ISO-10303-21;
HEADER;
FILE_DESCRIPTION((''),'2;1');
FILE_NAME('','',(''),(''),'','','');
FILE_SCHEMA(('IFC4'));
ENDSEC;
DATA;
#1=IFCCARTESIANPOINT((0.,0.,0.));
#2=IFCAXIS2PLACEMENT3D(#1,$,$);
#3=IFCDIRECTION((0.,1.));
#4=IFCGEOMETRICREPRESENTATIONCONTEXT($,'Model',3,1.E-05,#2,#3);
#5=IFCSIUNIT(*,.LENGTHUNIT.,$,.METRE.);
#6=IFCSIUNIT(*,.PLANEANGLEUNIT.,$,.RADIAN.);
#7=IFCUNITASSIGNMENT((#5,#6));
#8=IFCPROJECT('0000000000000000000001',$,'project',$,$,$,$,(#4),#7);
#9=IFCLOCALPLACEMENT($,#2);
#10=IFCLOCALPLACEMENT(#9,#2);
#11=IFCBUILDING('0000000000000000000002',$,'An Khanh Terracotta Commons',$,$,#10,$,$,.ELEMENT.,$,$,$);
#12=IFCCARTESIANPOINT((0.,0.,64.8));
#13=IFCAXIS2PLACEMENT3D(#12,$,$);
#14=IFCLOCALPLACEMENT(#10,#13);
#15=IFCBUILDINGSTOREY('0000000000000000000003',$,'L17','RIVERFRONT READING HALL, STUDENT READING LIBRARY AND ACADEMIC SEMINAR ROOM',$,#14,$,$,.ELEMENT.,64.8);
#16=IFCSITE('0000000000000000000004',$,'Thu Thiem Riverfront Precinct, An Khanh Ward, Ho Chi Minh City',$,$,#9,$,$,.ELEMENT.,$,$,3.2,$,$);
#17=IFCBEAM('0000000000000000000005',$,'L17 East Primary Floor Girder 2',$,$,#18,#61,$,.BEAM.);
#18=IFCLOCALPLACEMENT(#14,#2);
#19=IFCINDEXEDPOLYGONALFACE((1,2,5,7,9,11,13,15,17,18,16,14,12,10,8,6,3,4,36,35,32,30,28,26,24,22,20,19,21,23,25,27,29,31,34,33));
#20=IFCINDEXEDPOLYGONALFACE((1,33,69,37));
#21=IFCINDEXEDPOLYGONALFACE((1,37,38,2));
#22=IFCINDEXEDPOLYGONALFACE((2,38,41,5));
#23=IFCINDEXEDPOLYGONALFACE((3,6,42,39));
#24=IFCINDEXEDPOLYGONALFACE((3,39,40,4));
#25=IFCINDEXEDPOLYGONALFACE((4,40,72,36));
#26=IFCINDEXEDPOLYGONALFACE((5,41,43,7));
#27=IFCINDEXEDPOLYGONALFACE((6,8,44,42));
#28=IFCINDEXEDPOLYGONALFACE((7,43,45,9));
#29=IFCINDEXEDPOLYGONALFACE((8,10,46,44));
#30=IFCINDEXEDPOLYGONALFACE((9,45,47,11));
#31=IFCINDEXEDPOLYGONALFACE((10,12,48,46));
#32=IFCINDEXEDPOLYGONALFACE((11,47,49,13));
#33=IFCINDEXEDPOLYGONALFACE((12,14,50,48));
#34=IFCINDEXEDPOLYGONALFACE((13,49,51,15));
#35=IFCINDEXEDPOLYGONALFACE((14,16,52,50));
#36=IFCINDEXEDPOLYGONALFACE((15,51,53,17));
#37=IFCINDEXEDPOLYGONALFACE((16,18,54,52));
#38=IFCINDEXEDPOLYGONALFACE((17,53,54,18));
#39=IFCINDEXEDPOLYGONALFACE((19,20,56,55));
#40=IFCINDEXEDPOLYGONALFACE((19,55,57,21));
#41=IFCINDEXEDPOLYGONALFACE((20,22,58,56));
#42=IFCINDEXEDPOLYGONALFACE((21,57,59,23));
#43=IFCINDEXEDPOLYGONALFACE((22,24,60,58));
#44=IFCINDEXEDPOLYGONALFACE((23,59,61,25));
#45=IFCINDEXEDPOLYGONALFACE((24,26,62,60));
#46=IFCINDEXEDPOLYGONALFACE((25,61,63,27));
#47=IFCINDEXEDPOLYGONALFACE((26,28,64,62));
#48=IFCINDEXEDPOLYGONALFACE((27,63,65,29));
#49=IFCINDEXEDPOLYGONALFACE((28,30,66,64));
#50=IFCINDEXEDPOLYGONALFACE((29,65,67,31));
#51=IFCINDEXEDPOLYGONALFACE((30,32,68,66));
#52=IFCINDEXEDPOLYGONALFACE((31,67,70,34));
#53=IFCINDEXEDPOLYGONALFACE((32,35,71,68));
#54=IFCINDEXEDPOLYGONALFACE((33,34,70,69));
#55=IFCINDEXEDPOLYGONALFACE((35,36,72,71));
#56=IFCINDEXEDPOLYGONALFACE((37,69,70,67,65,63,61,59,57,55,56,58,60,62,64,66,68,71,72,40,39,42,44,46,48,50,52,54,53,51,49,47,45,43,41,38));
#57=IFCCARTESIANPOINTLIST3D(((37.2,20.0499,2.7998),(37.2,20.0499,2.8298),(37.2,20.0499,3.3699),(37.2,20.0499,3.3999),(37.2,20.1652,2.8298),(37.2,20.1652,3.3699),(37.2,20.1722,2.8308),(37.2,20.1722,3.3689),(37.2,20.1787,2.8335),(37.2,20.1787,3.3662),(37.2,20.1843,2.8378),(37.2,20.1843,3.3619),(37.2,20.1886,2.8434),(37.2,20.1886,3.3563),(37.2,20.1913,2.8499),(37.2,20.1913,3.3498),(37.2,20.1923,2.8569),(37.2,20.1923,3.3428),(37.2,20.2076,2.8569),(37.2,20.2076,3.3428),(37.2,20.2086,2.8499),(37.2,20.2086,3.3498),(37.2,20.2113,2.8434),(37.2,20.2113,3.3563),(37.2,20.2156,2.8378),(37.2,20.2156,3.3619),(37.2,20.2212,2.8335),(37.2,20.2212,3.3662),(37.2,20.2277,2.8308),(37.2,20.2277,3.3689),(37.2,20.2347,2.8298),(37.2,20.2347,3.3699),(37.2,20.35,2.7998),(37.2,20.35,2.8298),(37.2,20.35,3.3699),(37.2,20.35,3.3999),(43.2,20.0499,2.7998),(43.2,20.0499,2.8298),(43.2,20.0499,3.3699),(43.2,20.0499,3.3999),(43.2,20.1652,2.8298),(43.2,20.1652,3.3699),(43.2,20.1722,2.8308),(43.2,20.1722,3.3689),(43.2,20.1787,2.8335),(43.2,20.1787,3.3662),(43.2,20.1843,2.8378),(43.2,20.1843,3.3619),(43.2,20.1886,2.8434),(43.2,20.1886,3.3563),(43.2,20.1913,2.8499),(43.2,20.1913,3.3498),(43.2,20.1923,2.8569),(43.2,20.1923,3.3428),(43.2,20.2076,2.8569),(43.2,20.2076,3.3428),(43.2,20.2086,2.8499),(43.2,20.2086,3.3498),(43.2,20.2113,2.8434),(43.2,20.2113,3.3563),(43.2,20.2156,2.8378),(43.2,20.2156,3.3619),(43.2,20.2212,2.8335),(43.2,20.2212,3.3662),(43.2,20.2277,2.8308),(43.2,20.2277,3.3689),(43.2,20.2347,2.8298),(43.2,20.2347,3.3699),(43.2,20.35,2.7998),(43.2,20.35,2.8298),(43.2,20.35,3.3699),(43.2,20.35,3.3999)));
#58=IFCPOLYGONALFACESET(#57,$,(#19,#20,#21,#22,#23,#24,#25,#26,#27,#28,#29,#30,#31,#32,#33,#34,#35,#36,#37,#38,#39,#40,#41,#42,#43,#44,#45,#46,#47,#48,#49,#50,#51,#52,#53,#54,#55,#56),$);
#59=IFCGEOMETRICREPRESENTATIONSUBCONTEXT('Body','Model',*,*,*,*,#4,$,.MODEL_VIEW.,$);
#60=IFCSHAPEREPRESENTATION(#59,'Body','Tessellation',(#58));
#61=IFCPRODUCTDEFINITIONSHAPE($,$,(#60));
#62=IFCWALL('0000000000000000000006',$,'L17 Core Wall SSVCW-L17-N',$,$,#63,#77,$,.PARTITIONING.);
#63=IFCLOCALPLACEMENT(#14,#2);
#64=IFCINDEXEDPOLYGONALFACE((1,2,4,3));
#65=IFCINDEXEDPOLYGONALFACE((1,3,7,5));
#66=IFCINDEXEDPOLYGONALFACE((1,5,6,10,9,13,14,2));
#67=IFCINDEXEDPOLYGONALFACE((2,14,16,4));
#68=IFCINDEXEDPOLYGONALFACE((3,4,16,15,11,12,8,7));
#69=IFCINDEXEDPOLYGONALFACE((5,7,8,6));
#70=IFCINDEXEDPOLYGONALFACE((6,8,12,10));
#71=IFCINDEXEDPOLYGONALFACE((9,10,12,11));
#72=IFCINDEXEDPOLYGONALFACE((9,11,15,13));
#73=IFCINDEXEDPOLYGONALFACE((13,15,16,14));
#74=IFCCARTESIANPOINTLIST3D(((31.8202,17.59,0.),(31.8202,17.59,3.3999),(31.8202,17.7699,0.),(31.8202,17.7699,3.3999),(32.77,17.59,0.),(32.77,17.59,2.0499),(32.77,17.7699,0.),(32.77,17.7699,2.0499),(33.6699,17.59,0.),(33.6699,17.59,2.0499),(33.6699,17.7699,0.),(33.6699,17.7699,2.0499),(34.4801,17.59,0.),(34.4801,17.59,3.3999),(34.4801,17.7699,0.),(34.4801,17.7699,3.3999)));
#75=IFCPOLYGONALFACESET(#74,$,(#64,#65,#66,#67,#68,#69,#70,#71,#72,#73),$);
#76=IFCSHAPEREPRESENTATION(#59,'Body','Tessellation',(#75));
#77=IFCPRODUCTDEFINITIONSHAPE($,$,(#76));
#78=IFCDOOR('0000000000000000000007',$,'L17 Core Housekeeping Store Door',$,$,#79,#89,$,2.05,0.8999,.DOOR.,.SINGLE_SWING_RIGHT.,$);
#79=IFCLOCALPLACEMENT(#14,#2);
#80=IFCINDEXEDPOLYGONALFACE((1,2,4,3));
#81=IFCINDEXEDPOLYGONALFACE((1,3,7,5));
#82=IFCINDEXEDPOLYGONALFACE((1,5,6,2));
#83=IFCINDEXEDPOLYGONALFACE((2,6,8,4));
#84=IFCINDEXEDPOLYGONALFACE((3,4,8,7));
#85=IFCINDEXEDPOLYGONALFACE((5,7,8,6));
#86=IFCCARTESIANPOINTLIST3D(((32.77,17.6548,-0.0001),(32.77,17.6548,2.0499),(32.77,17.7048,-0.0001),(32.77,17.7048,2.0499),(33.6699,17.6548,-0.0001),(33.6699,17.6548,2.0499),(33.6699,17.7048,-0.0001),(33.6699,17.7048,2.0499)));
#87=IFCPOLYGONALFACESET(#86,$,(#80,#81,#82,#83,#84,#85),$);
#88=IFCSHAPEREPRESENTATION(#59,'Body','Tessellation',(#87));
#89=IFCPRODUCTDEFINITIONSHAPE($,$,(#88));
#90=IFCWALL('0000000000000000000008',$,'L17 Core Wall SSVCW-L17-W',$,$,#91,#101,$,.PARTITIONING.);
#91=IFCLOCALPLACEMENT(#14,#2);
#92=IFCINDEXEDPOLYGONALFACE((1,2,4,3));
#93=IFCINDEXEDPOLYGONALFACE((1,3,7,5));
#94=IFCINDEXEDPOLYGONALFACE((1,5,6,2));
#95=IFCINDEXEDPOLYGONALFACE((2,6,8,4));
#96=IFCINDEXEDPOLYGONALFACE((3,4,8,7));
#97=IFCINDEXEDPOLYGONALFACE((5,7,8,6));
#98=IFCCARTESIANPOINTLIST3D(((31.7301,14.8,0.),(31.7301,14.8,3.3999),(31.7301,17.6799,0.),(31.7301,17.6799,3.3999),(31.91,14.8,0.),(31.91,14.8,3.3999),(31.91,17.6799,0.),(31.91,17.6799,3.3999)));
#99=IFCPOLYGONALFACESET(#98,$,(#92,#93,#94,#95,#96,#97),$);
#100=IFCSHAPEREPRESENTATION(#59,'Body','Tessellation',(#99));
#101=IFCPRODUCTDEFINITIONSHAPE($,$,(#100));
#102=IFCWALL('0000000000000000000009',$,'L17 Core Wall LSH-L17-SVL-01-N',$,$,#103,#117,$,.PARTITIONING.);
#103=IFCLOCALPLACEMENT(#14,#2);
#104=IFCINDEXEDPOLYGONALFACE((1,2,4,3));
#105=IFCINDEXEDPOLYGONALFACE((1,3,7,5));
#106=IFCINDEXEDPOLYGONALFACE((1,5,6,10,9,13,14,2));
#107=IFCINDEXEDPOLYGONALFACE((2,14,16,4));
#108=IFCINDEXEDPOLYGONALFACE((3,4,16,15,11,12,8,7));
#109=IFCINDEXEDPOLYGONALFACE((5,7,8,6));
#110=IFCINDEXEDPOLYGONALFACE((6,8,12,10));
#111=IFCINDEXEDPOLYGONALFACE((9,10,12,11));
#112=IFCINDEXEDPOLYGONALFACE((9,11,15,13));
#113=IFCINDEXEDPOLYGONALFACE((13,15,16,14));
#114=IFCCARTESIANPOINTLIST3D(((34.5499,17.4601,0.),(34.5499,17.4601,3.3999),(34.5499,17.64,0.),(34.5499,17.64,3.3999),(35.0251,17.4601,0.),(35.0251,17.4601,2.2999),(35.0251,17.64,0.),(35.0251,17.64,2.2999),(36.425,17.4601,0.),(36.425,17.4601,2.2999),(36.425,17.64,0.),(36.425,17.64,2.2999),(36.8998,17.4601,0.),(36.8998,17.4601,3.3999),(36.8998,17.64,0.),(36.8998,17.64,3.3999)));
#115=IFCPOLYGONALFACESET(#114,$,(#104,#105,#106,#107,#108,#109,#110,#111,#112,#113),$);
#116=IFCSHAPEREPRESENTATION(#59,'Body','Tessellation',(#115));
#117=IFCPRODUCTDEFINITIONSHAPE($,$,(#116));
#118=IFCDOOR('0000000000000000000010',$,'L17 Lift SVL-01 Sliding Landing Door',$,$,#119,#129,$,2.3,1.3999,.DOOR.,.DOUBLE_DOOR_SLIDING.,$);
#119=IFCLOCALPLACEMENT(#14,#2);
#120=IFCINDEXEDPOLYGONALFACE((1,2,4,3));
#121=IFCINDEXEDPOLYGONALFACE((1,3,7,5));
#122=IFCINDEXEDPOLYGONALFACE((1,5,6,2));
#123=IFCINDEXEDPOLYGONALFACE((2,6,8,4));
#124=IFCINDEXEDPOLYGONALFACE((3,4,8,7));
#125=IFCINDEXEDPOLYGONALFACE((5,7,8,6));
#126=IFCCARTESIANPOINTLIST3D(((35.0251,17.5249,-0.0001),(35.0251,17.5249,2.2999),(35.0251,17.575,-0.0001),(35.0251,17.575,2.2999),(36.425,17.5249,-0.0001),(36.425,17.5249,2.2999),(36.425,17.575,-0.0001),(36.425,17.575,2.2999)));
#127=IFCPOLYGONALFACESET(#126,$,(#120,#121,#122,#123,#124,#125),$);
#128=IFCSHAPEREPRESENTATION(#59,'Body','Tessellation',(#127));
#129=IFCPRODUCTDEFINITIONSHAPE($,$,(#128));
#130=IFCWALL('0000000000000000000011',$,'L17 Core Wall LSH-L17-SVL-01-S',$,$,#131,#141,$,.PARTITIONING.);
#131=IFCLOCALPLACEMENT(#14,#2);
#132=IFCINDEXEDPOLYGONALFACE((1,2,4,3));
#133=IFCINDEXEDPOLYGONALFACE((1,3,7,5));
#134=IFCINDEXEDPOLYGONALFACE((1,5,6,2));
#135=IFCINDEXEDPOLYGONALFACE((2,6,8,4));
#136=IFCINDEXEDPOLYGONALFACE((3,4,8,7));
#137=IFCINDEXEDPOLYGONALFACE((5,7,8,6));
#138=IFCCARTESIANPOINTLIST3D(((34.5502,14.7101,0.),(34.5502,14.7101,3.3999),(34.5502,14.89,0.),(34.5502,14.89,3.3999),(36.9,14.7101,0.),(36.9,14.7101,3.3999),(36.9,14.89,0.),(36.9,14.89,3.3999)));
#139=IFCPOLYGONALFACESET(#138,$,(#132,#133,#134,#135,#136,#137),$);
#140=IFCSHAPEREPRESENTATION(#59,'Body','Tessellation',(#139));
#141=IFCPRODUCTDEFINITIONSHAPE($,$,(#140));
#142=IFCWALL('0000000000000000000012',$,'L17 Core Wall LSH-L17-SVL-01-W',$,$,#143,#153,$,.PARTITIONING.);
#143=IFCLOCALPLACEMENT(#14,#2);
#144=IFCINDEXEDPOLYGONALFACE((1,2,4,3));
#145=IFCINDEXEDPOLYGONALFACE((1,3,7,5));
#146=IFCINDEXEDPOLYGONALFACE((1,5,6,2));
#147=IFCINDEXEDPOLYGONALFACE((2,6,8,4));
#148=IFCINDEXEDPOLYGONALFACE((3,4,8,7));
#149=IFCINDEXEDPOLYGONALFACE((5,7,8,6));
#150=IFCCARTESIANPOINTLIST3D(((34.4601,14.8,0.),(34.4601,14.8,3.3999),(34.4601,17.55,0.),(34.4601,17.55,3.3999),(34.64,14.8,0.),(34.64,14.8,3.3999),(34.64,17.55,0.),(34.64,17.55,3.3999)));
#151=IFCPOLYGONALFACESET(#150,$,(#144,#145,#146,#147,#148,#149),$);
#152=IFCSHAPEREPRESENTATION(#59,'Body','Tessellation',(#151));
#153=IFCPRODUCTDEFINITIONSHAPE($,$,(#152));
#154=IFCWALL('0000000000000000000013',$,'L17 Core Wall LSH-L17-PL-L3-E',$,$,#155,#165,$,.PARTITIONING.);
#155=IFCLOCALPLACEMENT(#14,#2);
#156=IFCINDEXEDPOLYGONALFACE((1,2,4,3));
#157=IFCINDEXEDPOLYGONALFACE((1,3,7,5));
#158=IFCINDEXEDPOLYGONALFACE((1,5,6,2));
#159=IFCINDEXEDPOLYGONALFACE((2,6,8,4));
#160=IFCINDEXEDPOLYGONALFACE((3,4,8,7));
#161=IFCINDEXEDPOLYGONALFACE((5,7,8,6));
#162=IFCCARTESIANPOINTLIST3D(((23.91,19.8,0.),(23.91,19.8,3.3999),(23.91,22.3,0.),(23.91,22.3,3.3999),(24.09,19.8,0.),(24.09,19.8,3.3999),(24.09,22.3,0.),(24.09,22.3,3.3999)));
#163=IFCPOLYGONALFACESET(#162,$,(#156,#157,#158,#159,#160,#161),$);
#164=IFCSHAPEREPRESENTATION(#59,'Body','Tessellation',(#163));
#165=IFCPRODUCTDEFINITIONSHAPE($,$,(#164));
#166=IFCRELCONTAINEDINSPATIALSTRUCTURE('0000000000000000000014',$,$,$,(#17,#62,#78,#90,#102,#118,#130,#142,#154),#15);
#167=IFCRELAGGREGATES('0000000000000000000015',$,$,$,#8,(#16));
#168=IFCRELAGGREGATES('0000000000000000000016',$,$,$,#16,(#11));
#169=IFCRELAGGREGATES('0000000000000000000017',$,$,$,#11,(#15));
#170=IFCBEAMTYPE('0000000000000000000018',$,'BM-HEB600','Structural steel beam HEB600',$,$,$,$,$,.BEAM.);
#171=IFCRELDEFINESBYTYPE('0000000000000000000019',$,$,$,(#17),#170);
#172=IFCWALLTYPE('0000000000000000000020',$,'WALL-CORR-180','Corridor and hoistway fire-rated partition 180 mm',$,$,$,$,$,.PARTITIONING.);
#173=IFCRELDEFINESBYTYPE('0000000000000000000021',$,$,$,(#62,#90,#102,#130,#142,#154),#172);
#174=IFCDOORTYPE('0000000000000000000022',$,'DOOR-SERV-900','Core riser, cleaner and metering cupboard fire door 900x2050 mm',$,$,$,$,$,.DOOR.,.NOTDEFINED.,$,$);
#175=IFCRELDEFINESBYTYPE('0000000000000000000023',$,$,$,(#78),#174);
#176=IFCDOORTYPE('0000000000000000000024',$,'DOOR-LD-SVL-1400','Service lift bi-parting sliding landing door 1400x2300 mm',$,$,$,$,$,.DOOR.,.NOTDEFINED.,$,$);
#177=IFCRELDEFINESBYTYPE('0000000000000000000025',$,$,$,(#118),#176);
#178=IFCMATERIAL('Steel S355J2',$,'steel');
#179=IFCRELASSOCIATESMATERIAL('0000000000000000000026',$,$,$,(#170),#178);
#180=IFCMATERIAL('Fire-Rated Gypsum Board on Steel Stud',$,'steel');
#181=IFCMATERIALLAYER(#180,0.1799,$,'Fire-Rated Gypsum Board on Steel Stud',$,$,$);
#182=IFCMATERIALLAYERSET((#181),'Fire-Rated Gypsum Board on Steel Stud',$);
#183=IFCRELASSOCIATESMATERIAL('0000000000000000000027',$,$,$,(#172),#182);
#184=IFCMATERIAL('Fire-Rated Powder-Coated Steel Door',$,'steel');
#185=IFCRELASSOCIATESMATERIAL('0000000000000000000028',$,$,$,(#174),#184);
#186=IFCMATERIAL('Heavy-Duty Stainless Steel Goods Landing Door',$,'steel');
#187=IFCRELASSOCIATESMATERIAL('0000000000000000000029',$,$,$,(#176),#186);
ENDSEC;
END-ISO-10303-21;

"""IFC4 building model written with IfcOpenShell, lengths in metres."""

from ifc_helpers import new_model, si_unit, direction, frame, frame_2d, origin, origin_2d, place, context, subcontext, project, spatial, rectangle, i_section, extrude, material, layer, layer_set, material_profile, profile_set, type_object, element, fill, save


model = new_model("IFC4")

# Units and contexts
model_context = context("Model", 3, precision=1e-05, world=origin(), true_north=direction((0.0, 1.0)))
body_context = subcontext(model_context, "Body", "Model", "MODEL_VIEW")
ifc_project = project(units=[si_unit("LENGTHUNIT", "METRE"), si_unit("PLANEANGLEUNIT", "RADIAN")], contexts=[model_context])

# Site, building, storey
site_placement = place(None, origin())
site = spatial("IfcSite", under=ifc_project, at=site_placement, Name="Thu Thiem Riverfront Precinct, An Khanh Ward, Ho Chi Minh City", CompositionType="ELEMENT", RefElevation=3.2)
building_placement = place(site_placement, origin())
building = spatial("IfcBuilding", under=site, at=building_placement, Name="An Khanh Terracotta Commons", CompositionType="ELEMENT")
storey_placement = place(building_placement, frame((0.0, 0.0, 64.8)))
storey = spatial("IfcBuildingStorey", under=building, at=storey_placement, Name="L17", Description="RIVERFRONT READING HALL, STUDENT READING LIBRARY AND ACADEMIC SEMINAR ROOM", CompositionType="ELEMENT", Elevation=64.8)

# Beam
ifc_material_1 = material(Name="Steel S355J2", Category="steel")
ifc_material_profile_1 = material_profile(ifc_material_1, i_section(OverallWidth=0.3, OverallDepth=0.6001, WebThickness=0.0154, FlangeThickness=0.03, FilletRadius=0.0271, at=origin_2d()), Name="HEB600")
ifc_profile_set_1 = profile_set([ifc_material_profile_1], Name="Steel S355J2")
beam_type_1 = type_object("IfcBeamType", Name="BM-HEB600", Description="Structural steel beam HEB600", PredefinedType="BEAM", material=ifc_profile_set_1)
for number, where, z_axis, x_axis, name in (
    (1, (37.2, 20.2, 3.0999), (1.0, 0.0, 0.0), (0.0, 1.0, 0.0), "L17 East Primary Floor Girder 2"),
):
    element("IfcBeam", number, at=place(storey_placement, frame(where, z_axis=z_axis, x_axis=x_axis)), inside=storey, type_object=beam_type_1, Name=name, PredefinedType="BEAM", context=body_context, shape_type="SweptSolid", body=[
        extrude(i_section(OverallWidth=0.3, OverallDepth=0.6001, WebThickness=0.0154, FlangeThickness=0.03, FilletRadius=0.0271, at=origin_2d()), origin(), (0.0, 0.0, 1.0), 6.0),
    ])

# Wall, opening, door
ifc_material_2 = material(Name="Fire-Rated Gypsum Board on Steel Stud", Category="steel")
ifc_layer_1 = layer(ifc_material_2, 0.1799, Name="Fire-Rated Gypsum Board on Steel Stud")
ifc_layer_set_1 = layer_set([ifc_layer_1], Name="Fire-Rated Gypsum Board on Steel Stud")
wall_type_1 = type_object("IfcWallType", Name="WALL-CORR-180", Description="Corridor and hoistway fire-rated partition 180 mm", PredefinedType="PARTITIONING", material=ifc_layer_set_1)
wall_1_placement = place(storey_placement, frame((31.8201, 17.6799, 0.0), z_axis=(0.0, 0.0, 1.0), x_axis=(1.0, 0.0, 0.0)))
wall_1 = element("IfcWall", 2, at=wall_1_placement, inside=storey, type_object=wall_type_1, Name="L17 Core Wall SSVCW-L17-N", PredefinedType="PARTITIONING", context=body_context, shape_type="SweptSolid", body=[
    extrude(rectangle(XDim=2.6599, YDim=0.1799, at=frame_2d((1.3301, 0.0))), origin(), (0.0, 0.0, 1.0), 3.3999),
])
opening_1_placement = place(wall_1_placement, frame((0.95, 0.0, 0.0)))
opening_1 = element("IfcOpeningElement", 3, at=opening_1_placement, cuts=wall_1, PredefinedType="OPENING", context=body_context, shape_type="SweptSolid", body=[
    extrude(rectangle(XDim=0.8999, YDim=2.05, at=frame_2d((0.45, 1.0249))), frame((0.0, 0.0999, 0.0), z_axis=(0.0, -1.0, 0.0), x_axis=(1.0, 0.0, 0.0)), (0.0, 0.0, 1.0), 0.2),
])
ifc_material_3 = material(Name="Fire-Rated Powder-Coated Steel Door", Category="steel")
door_type_1 = type_object("IfcDoorType", Name="DOOR-SERV-900", Description="Core riser, cleaner and metering cupboard fire door 900x2050 mm", OperationType="NOTDEFINED", PredefinedType="DOOR", material=ifc_material_3)
door_1_placement = place(opening_1_placement, origin())
door_1 = element("IfcDoor", 4, at=door_1_placement, inside=storey, type_object=door_type_1, Name="L17 Core Housekeeping Store Door", OperationType="SINGLE_SWING_RIGHT", OverallHeight=2.05, OverallWidth=0.8999, PredefinedType="DOOR", context=body_context, shape_type="SweptSolid", body=[
    extrude(rectangle(XDim=0.8999, YDim=2.05, at=frame_2d((0.45, 1.0249))), frame((0.0, 0.0249, 0.0), z_axis=(0.0, -1.0, 0.0), x_axis=(1.0, 0.0, 0.0)), (0.0, 0.0, 1.0), 0.05),
])
fill(opening_1, door_1)

# Wall
wall_2_placement = place(storey_placement, frame((31.8201, 14.8, 0.0), z_axis=(0.0, 0.0, 1.0), x_axis=(0.0, 1.0, 0.0)))
element("IfcWall", 5, at=wall_2_placement, inside=storey, type_object=wall_type_1, Name="L17 Core Wall SSVCW-L17-W", PredefinedType="PARTITIONING", context=body_context, shape_type="SweptSolid", body=[
    extrude(rectangle(XDim=2.8799, YDim=0.1799, at=frame_2d((1.4399, 0.0))), origin(), (0.0, 0.0, 1.0), 3.3999),
])

# Wall, opening, door
wall_3_placement = place(storey_placement, frame((34.55, 17.55, 0.0), z_axis=(0.0, 0.0, 1.0), x_axis=(1.0, 0.0, 0.0)))
wall_3 = element("IfcWall", 6, at=wall_3_placement, inside=storey, type_object=wall_type_1, Name="L17 Core Wall LSH-L17-SVL-01-N", PredefinedType="PARTITIONING", context=body_context, shape_type="SweptSolid", body=[
    extrude(rectangle(XDim=2.3499, YDim=0.1799, at=frame_2d((1.1748, 0.0))), origin(), (0.0, 0.0, 1.0), 3.3999),
])
opening_2_placement = place(wall_3_placement, frame((0.4751, 0.0, 0.0)))
opening_2 = element("IfcOpeningElement", 7, at=opening_2_placement, cuts=wall_3, PredefinedType="OPENING", context=body_context, shape_type="SweptSolid", body=[
    extrude(rectangle(XDim=1.3999, YDim=2.3, at=frame_2d((0.7, 1.1499))), frame((0.0, 0.0999, 0.0), z_axis=(0.0, -1.0, 0.0), x_axis=(1.0, 0.0, 0.0)), (0.0, 0.0, 1.0), 0.2),
])
ifc_material_4 = material(Name="Heavy-Duty Stainless Steel Goods Landing Door", Category="steel")
door_type_2 = type_object("IfcDoorType", Name="DOOR-LD-SVL-1400", Description="Service lift bi-parting sliding landing door 1400x2300 mm", OperationType="NOTDEFINED", PredefinedType="DOOR", material=ifc_material_4)
door_2_placement = place(opening_2_placement, origin())
door_2 = element("IfcDoor", 8, at=door_2_placement, inside=storey, type_object=door_type_2, Name="L17 Lift SVL-01 Sliding Landing Door", OperationType="DOUBLE_DOOR_SLIDING", OverallHeight=2.3, OverallWidth=1.3999, PredefinedType="DOOR", context=body_context, shape_type="SweptSolid", body=[
    extrude(rectangle(XDim=1.3999, YDim=2.3, at=frame_2d((0.7, 1.1499))), frame((0.0, 0.0249, 0.0), z_axis=(0.0, -1.0, 0.0), x_axis=(1.0, 0.0, 0.0)), (0.0, 0.0, 1.0), 0.05),
])
fill(opening_2, door_2)

# Walls
wall_4_placement = place(storey_placement, frame((36.8999, 14.8, 0.0), z_axis=(0.0, 0.0, 1.0), x_axis=(-1.0, 0.0, 0.0)))
element("IfcWall", 9, at=wall_4_placement, inside=storey, type_object=wall_type_1, Name="L17 Core Wall LSH-L17-SVL-01-S", PredefinedType="PARTITIONING", context=body_context, shape_type="SweptSolid", body=[
    extrude(rectangle(XDim=2.3499, YDim=0.1799, at=frame_2d((1.1748, 0.0))), origin(), (0.0, 0.0, 1.0), 3.3999),
])
wall_5_placement = place(storey_placement, frame((34.55, 17.55, 0.0), z_axis=(0.0, 0.0, 1.0), x_axis=(0.0, -1.0, 0.0)))
element("IfcWall", 10, at=wall_5_placement, inside=storey, type_object=wall_type_1, Name="L17 Core Wall LSH-L17-SVL-01-W", PredefinedType="PARTITIONING", context=body_context, shape_type="SweptSolid", body=[
    extrude(rectangle(XDim=2.75, YDim=0.1799, at=frame_2d((1.375, 0.0))), origin(), (0.0, 0.0, 1.0), 3.3999),
])
wall_6_placement = place(storey_placement, frame((24.0, 19.8, 0.0), z_axis=(0.0, 0.0, 1.0), x_axis=(0.0, 1.0, 0.0)))
element("IfcWall", 11, at=wall_6_placement, inside=storey, type_object=wall_type_1, Name="L17 Core Wall LSH-L17-PL-L3-E", PredefinedType="PARTITIONING", context=body_context, shape_type="SweptSolid", body=[
    extrude(rectangle(XDim=2.5, YDim=0.1799, at=frame_2d((1.25, 0.0))), origin(), (0.0, 0.0, 1.0), 3.3999),
])

save(model, "model.ifc")
